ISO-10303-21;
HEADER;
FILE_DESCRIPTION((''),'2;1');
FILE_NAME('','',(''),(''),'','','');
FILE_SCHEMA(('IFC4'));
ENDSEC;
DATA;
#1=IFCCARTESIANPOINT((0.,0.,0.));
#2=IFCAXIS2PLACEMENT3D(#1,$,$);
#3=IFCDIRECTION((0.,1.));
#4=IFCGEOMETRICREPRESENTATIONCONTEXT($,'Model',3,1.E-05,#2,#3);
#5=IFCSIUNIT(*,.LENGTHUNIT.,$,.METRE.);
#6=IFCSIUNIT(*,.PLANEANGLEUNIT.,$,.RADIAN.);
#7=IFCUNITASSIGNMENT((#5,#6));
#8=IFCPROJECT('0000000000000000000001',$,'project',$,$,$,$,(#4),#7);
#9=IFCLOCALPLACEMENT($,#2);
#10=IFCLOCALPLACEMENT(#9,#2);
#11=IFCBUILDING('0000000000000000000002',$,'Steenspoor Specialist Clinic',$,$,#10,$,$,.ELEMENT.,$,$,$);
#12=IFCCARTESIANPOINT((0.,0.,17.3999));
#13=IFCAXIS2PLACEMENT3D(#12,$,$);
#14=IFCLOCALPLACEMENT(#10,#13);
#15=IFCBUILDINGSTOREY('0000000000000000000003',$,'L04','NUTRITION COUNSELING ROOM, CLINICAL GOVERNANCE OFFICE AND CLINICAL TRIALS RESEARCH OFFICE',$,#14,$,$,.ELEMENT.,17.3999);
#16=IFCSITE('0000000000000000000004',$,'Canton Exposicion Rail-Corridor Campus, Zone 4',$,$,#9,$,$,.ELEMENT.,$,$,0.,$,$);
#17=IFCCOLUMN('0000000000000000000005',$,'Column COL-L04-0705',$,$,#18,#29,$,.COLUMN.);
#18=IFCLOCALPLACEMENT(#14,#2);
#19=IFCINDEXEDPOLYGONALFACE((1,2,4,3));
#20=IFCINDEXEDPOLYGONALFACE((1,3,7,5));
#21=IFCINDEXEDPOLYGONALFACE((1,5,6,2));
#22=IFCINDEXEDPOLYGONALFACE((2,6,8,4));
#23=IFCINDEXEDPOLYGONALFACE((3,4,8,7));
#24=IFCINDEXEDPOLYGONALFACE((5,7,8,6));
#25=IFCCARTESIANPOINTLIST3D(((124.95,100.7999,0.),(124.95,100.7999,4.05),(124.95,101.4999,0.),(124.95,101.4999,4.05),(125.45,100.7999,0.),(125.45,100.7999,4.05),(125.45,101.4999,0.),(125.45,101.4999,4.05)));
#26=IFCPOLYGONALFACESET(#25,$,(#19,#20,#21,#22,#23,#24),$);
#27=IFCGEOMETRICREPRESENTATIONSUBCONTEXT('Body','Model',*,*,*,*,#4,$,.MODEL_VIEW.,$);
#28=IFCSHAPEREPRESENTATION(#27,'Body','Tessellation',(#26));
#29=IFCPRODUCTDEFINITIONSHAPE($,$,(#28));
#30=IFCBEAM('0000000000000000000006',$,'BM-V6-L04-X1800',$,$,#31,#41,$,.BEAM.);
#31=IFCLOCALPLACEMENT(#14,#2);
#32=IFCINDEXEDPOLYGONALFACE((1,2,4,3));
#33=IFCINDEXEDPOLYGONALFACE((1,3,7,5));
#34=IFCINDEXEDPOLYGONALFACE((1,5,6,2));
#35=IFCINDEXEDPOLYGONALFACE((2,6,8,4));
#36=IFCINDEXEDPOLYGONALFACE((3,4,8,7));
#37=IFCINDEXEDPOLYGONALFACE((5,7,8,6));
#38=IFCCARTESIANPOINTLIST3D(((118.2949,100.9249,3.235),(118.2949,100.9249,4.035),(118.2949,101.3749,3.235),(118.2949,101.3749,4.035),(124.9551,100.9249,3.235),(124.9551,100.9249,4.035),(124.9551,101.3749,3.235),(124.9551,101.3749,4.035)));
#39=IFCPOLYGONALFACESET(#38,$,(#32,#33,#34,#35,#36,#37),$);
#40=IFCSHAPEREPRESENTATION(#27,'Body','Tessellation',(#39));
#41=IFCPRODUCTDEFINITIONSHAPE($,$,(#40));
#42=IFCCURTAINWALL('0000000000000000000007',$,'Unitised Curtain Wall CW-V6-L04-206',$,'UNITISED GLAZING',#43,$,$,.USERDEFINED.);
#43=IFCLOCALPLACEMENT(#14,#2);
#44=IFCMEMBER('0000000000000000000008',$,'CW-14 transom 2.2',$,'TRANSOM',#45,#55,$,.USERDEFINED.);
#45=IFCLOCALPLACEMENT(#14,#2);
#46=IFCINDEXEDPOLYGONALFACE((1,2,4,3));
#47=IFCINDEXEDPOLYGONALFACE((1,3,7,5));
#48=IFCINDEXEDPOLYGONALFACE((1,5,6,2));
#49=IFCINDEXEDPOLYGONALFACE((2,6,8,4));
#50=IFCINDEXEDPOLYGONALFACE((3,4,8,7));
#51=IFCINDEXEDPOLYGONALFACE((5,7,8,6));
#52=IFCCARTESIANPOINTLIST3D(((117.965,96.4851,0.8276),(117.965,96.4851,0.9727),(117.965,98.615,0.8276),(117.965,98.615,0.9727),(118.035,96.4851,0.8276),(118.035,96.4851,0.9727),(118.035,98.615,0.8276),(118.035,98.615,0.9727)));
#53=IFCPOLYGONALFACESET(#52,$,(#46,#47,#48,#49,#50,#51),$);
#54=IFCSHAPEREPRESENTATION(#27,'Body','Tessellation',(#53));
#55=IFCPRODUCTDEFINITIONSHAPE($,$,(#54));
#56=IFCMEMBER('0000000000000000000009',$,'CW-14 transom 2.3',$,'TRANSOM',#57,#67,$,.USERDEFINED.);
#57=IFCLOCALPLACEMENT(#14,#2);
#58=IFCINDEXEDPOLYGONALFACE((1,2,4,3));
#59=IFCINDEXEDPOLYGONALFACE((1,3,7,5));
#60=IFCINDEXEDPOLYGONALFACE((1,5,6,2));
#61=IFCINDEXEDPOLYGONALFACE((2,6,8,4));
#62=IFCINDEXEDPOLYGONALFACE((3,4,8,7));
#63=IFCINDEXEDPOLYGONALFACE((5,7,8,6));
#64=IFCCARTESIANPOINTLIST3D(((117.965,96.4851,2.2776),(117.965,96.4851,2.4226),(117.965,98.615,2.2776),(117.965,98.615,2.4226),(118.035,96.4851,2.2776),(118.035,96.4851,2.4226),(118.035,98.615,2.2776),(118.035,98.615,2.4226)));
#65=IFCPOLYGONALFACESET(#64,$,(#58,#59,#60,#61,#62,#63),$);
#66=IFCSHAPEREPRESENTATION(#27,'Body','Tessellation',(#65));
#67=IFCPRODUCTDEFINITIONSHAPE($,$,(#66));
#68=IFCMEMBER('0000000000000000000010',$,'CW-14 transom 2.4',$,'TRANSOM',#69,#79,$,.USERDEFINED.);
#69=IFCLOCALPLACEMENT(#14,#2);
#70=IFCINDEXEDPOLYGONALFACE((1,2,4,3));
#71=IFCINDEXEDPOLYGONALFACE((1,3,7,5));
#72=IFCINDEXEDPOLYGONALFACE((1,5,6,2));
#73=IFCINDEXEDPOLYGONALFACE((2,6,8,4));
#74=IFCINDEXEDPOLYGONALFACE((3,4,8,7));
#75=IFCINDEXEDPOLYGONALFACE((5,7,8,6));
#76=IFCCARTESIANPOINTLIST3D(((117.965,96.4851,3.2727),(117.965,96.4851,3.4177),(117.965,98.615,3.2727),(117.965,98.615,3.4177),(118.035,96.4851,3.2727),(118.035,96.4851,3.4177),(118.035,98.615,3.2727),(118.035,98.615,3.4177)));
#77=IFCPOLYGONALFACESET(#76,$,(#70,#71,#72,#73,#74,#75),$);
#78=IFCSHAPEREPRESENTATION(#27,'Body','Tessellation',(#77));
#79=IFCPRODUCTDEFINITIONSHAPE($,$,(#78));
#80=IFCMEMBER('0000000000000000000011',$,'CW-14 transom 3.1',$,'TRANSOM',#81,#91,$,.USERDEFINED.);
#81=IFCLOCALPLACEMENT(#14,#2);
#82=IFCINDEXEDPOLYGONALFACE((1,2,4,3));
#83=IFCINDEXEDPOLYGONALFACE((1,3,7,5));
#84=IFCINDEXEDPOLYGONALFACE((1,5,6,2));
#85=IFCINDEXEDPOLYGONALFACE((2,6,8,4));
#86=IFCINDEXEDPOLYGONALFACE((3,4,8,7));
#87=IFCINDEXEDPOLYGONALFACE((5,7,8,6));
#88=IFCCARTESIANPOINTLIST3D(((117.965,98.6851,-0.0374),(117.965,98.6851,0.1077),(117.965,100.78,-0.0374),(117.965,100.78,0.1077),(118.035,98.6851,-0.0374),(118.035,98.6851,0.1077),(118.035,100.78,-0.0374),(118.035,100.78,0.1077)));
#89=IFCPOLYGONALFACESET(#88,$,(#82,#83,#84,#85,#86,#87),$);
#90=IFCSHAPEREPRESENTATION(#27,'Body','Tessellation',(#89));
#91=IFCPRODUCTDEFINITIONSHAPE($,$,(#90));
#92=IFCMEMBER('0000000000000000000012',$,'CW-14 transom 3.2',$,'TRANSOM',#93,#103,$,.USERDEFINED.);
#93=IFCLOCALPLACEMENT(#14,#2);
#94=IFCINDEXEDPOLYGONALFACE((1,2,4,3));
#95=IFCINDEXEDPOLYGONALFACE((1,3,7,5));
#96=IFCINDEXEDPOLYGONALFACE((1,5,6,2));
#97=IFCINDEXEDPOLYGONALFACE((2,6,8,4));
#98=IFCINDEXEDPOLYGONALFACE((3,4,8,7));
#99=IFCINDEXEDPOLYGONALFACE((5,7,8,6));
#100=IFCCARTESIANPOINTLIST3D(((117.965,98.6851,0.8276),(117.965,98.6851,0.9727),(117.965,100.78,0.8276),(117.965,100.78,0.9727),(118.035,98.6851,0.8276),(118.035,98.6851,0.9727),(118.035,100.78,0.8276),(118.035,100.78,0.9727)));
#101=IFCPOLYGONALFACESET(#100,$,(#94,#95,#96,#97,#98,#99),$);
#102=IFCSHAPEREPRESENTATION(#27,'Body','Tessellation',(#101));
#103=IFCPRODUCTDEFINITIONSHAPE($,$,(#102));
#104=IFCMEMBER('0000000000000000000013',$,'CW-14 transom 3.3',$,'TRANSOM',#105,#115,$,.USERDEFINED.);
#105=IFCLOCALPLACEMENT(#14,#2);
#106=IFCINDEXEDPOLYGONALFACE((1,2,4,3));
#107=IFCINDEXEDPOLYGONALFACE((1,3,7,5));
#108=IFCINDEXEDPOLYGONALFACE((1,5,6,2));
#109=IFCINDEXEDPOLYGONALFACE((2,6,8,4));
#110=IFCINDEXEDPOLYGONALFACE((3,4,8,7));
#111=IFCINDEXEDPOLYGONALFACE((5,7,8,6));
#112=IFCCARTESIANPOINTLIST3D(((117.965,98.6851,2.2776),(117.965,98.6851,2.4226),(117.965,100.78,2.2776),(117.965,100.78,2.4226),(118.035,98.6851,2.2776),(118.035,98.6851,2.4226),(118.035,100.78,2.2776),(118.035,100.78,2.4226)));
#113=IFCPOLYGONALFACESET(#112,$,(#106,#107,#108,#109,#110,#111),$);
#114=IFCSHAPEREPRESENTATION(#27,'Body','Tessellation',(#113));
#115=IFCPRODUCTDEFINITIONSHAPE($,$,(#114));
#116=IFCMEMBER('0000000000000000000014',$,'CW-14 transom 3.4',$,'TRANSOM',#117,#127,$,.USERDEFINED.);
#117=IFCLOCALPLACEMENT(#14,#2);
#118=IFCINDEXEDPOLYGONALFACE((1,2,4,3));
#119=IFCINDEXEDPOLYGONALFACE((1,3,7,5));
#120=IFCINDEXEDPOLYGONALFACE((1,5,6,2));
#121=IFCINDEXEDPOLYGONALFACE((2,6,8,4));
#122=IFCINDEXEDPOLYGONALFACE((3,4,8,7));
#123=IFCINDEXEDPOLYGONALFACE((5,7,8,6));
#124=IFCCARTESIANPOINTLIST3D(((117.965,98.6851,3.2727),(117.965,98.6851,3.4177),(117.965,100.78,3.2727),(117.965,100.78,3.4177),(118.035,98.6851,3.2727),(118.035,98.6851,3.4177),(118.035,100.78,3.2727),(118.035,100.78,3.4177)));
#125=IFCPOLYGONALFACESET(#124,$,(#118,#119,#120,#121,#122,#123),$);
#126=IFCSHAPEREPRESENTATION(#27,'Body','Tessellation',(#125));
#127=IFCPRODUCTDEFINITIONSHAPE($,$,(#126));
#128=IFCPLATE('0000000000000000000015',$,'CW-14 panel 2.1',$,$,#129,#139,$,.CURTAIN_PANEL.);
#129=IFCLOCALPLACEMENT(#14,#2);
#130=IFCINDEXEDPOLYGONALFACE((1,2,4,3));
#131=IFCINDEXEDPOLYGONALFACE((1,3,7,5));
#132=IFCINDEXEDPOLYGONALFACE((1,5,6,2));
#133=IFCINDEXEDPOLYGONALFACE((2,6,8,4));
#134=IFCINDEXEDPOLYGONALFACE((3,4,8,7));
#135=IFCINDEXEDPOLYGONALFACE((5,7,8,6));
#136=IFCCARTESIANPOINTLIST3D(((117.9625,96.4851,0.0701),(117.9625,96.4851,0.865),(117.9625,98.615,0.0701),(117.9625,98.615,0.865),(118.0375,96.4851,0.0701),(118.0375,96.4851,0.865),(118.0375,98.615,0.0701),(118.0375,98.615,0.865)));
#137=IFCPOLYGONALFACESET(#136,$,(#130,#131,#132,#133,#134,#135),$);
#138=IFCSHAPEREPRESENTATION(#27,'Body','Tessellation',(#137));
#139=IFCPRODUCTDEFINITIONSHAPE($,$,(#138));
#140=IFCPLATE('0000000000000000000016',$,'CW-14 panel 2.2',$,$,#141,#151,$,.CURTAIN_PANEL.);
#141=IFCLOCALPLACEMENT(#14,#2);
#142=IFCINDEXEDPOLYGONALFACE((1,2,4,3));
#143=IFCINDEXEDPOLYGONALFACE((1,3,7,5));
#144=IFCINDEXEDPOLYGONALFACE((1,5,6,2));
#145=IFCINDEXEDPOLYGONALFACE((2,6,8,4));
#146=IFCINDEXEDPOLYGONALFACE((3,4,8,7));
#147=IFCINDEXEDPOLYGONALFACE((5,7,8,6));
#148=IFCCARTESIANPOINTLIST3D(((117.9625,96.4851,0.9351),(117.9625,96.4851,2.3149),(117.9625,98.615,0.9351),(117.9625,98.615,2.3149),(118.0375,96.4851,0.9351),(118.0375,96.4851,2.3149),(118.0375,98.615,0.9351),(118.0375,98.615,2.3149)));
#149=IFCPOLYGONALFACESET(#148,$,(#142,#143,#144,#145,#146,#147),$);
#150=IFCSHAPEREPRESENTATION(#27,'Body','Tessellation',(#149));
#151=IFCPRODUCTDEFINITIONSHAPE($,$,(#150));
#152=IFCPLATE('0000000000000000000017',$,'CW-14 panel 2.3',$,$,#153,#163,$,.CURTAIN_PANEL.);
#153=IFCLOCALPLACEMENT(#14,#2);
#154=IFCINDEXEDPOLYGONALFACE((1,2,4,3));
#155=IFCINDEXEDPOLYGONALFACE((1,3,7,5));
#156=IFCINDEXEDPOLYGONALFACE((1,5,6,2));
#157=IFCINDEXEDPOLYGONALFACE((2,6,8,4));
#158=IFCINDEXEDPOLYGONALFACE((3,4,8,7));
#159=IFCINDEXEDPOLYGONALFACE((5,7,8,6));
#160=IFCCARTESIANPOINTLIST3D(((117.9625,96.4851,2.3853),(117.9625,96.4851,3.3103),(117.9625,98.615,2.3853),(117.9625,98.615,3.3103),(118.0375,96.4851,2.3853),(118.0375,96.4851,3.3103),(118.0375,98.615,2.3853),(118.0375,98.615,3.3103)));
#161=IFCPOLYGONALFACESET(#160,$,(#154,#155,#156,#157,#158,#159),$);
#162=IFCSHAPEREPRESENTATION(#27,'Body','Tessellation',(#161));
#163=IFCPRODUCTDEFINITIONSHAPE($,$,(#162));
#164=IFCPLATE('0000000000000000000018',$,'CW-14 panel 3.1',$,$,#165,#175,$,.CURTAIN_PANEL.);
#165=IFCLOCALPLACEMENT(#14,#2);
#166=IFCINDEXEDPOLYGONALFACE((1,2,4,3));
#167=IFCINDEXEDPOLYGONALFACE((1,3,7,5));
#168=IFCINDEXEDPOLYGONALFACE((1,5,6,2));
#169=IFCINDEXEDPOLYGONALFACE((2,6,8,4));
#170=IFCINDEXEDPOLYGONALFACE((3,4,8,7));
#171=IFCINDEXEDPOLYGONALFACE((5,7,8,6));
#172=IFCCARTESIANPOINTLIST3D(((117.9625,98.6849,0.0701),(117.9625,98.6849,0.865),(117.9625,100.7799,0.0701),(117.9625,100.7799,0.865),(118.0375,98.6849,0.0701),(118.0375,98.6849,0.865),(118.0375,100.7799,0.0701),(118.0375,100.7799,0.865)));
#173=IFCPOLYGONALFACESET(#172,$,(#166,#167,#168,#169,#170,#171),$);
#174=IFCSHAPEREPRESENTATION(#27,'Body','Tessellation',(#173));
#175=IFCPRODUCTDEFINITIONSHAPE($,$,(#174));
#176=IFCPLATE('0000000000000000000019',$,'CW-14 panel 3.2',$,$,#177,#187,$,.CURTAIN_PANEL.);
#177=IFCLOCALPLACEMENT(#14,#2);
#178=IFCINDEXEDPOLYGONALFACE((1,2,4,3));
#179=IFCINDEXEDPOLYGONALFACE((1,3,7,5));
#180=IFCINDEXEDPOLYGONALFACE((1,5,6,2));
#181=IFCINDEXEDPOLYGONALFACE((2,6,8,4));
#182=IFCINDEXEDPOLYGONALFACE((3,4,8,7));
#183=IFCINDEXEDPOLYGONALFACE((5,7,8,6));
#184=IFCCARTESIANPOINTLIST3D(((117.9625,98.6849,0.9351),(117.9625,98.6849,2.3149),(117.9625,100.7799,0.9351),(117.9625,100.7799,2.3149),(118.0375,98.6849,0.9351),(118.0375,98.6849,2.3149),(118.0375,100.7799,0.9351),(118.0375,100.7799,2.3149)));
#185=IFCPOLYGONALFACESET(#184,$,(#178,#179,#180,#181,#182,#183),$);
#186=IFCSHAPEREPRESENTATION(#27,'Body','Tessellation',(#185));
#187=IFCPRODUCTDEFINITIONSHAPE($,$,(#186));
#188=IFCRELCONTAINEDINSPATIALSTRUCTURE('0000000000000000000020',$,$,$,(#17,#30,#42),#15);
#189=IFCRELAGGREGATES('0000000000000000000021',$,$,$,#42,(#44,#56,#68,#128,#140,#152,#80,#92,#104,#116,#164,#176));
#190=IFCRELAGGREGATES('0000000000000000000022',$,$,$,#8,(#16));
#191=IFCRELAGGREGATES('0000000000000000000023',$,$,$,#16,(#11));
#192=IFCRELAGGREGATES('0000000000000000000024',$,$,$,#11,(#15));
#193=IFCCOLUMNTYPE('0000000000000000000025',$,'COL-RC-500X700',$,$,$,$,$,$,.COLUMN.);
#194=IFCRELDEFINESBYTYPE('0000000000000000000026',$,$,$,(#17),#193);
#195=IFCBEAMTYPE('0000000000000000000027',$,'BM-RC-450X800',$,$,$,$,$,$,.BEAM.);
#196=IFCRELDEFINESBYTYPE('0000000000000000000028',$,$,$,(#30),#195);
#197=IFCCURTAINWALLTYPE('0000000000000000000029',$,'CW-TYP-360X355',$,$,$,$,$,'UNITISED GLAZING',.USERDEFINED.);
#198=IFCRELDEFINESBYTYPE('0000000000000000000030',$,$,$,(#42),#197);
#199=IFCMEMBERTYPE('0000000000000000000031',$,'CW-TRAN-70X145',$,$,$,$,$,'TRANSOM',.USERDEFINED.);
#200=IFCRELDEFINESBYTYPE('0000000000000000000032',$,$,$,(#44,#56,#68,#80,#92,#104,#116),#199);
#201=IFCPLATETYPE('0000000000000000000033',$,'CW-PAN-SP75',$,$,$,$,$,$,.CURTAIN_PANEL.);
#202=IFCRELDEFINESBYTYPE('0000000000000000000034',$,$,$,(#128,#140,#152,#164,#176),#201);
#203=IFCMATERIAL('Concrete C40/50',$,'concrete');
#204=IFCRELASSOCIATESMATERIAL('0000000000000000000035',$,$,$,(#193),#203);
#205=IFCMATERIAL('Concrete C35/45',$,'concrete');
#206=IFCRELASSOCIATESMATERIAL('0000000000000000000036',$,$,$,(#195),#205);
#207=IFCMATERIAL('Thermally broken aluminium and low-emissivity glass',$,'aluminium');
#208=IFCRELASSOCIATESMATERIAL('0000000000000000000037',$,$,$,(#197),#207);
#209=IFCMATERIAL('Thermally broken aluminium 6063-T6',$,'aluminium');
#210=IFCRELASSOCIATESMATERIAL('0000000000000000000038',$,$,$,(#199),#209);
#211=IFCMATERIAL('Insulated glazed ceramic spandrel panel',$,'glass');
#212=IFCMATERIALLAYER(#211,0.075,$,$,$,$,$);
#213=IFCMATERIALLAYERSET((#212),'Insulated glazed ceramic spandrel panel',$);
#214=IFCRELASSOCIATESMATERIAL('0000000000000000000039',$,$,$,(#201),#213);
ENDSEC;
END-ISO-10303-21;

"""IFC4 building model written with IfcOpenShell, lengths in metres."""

from ifc_helpers import new_model, si_unit, direction, frame, origin, origin_2d, place, context, subcontext, project, spatial, rectangle, extrude, material, layer, layer_set, material_profile, profile_set, type_object, element, aggregate, save


model = new_model("IFC4")

# Units and contexts
model_context = context("Model", 3, precision=1e-05, world=origin(), true_north=direction((0.0, 1.0)))
body_context = subcontext(model_context, "Body", "Model", "MODEL_VIEW")
ifc_project = project(units=[si_unit("LENGTHUNIT", "METRE"), si_unit("PLANEANGLEUNIT", "RADIAN")], contexts=[model_context])

# Site, building, storey
site_placement = place(None, origin())
site = spatial("IfcSite", under=ifc_project, at=site_placement, Name="Canton Exposicion Rail-Corridor Campus, Zone 4", CompositionType="ELEMENT", RefElevation=0.0)
building_placement = place(site_placement, origin())
building = spatial("IfcBuilding", under=site, at=building_placement, Name="Steenspoor Specialist Clinic", CompositionType="ELEMENT")
storey_placement = place(building_placement, frame((0.0, 0.0, 17.3999)))
storey = spatial("IfcBuildingStorey", under=building, at=storey_placement, Name="L04", Description="NUTRITION COUNSELING ROOM, CLINICAL GOVERNANCE OFFICE AND CLINICAL TRIALS RESEARCH OFFICE", CompositionType="ELEMENT", Elevation=17.3999)

# Column
ifc_material_1 = material(Name="Concrete C40/50", Category="concrete")
ifc_material_profile_1 = material_profile(ifc_material_1, rectangle(XDim=0.5, YDim=0.7, at=origin_2d()), Name="RC-COL-500X700")
ifc_profile_set_1 = profile_set([ifc_material_profile_1], Name="Concrete C40/50")
column_type = type_object("IfcColumnType", Name="COL-RC-500X700", PredefinedType="COLUMN", material=ifc_profile_set_1)
column_placement = place(storey_placement, frame((125.2, 101.1499, 0.0), z_axis=(0.0, 0.0, 1.0), x_axis=(1.0, 0.0, 0.0)))
element("IfcColumn", 1, at=column_placement, inside=storey, type_object=column_type, Name="Column COL-L04-0705", PredefinedType="COLUMN", context=body_context, shape_type="SweptSolid", body=[
    extrude(rectangle(XDim=0.5, YDim=0.7, at=origin_2d()), origin(), (0.0, 0.0, 1.0), 4.05),
])

# Beam
ifc_material_2 = material(Name="Concrete C35/45", Category="concrete")
ifc_material_profile_2 = material_profile(ifc_material_2, rectangle(XDim=0.45, YDim=0.8, at=origin_2d()), Name="RC-BM-450X800")
ifc_profile_set_2 = profile_set([ifc_material_profile_2], Name="Concrete C35/45")
beam_type = type_object("IfcBeamType", Name="BM-RC-450X800", PredefinedType="BEAM", material=ifc_profile_set_2)
beam_placement = place(storey_placement, frame((118.2949, 101.1499, 3.635), z_axis=(1.0, 0.0, 0.0), x_axis=(0.0, 1.0, 0.0)))
element("IfcBeam", 2, at=beam_placement, inside=storey, type_object=beam_type, Name="BM-V6-L04-X1800", PredefinedType="BEAM", context=body_context, shape_type="SweptSolid", body=[
    extrude(rectangle(XDim=0.45, YDim=0.8, at=origin_2d()), origin(), (0.0, 0.0, 1.0), 6.6602),
])

# Curtain wall, members, plates
ifc_material_3 = material(Name="Thermally broken aluminium and low-emissivity glass", Category="aluminium")
curtain_wall_type = type_object("IfcCurtainWallType", Name="CW-TYP-360X355", ElementType="UNITISED GLAZING", PredefinedType="USERDEFINED", material=ifc_material_3)
curtain_wall_placement = place(storey_placement, origin())
curtain_wall = element("IfcCurtainWall", 3, at=curtain_wall_placement, inside=storey, type_object=curtain_wall_type, Name="Unitised Curtain Wall CW-V6-L04-206", ObjectType="UNITISED GLAZING", PredefinedType="USERDEFINED")
ifc_material_4 = material(Name="Thermally broken aluminium 6063-T6", Category="aluminium")
ifc_material_profile_3 = material_profile(ifc_material_4, rectangle(XDim=0.0701, YDim=0.145, at=origin_2d()), Name="CWT-70X145")
ifc_profile_set_3 = profile_set([ifc_material_profile_3], Name="Thermally broken aluminium 6063-T6")
member_type = type_object("IfcMemberType", Name="CW-TRAN-70X145", ElementType="TRANSOM", PredefinedType="USERDEFINED", material=ifc_profile_set_3)
member_1_placement = place(storey_placement, frame((118.0, 96.4851, 0.9001), z_axis=(0.0, 1.0, 0.0), x_axis=(-1.0, 0.0, 0.0)))
member_1 = element("IfcMember", 4, at=member_1_placement, type_object=member_type, Name="CW-14 transom 2.2", ObjectType="TRANSOM", PredefinedType="USERDEFINED", context=body_context, shape_type="SweptSolid", body=[
    extrude(rectangle(XDim=0.0701, YDim=0.145, at=origin_2d()), origin(), (0.0, 0.0, 1.0), 2.1299),
])
member_2_placement = place(storey_placement, frame((118.0, 96.4851, 2.3501), z_axis=(0.0, 1.0, 0.0), x_axis=(-1.0, 0.0, 0.0)))
member_2 = element("IfcMember", 5, at=member_2_placement, type_object=member_type, Name="CW-14 transom 2.3", ObjectType="TRANSOM", PredefinedType="USERDEFINED", context=body_context, shape_type="SweptSolid", body=[
    extrude(rectangle(XDim=0.0701, YDim=0.145, at=origin_2d()), origin(), (0.0, 0.0, 1.0), 2.1299),
])
member_3_placement = place(storey_placement, frame((118.0, 96.4851, 3.3452), z_axis=(0.0, 1.0, 0.0), x_axis=(-1.0, 0.0, 0.0)))
member_3 = element("IfcMember", 6, at=member_3_placement, type_object=member_type, Name="CW-14 transom 2.4", ObjectType="TRANSOM", PredefinedType="USERDEFINED", context=body_context, shape_type="SweptSolid", body=[
    extrude(rectangle(XDim=0.0701, YDim=0.145, at=origin_2d()), origin(), (0.0, 0.0, 1.0), 2.1299),
])
member_4_placement = place(storey_placement, frame((118.0, 98.6851, 0.0352), z_axis=(0.0, 1.0, 0.0), x_axis=(-1.0, 0.0, 0.0)))
member_4 = element("IfcMember", 7, at=member_4_placement, type_object=member_type, Name="CW-14 transom 3.1", ObjectType="TRANSOM", PredefinedType="USERDEFINED", context=body_context, shape_type="SweptSolid", body=[
    extrude(rectangle(XDim=0.0701, YDim=0.145, at=origin_2d()), origin(), (0.0, 0.0, 1.0), 2.095),
])
member_5_placement = place(storey_placement, frame((118.0, 98.6851, 0.9001), z_axis=(0.0, 1.0, 0.0), x_axis=(-1.0, 0.0, 0.0)))
member_5 = element("IfcMember", 8, at=member_5_placement, type_object=member_type, Name="CW-14 transom 3.2", ObjectType="TRANSOM", PredefinedType="USERDEFINED", context=body_context, shape_type="SweptSolid", body=[
    extrude(rectangle(XDim=0.0701, YDim=0.145, at=origin_2d()), origin(), (0.0, 0.0, 1.0), 2.095),
])
member_6_placement = place(storey_placement, frame((118.0, 98.6851, 2.3501), z_axis=(0.0, 1.0, 0.0), x_axis=(-1.0, 0.0, 0.0)))
member_6 = element("IfcMember", 9, at=member_6_placement, type_object=member_type, Name="CW-14 transom 3.3", ObjectType="TRANSOM", PredefinedType="USERDEFINED", context=body_context, shape_type="SweptSolid", body=[
    extrude(rectangle(XDim=0.0701, YDim=0.145, at=origin_2d()), origin(), (0.0, 0.0, 1.0), 2.095),
])
member_7_placement = place(storey_placement, frame((118.0, 98.6851, 3.3452), z_axis=(0.0, 1.0, 0.0), x_axis=(-1.0, 0.0, 0.0)))
member_7 = element("IfcMember", 10, at=member_7_placement, type_object=member_type, Name="CW-14 transom 3.4", ObjectType="TRANSOM", PredefinedType="USERDEFINED", context=body_context, shape_type="SweptSolid", body=[
    extrude(rectangle(XDim=0.0701, YDim=0.145, at=origin_2d()), origin(), (0.0, 0.0, 1.0), 2.095),
])
ifc_material_5 = material(Name="Insulated glazed ceramic spandrel panel", Category="glass")
ifc_layer_1 = layer(ifc_material_5, 0.075)
ifc_layer_set_1 = layer_set([ifc_layer_1], Name="Insulated glazed ceramic spandrel panel")
plate_type = type_object("IfcPlateType", Name="CW-PAN-SP75", PredefinedType="CURTAIN_PANEL", material=ifc_layer_set_1)
plate_1_placement = place(storey_placement, frame((118.0, 97.55, 0.0701), z_axis=(0.0, 0.0, 1.0), x_axis=(0.0, 1.0, 0.0)))
plate_1 = element("IfcPlate", 11, at=plate_1_placement, type_object=plate_type, Name="CW-14 panel 2.1", PredefinedType="CURTAIN_PANEL", context=body_context, shape_type="SweptSolid", body=[
    extrude(rectangle(XDim=2.1299, YDim=0.075, at=origin_2d()), origin(), (0.0, 0.0, 1.0), 0.7949),
])
plate_2_placement = place(storey_placement, frame((118.0, 97.55, 0.9351), z_axis=(0.0, 0.0, 1.0), x_axis=(0.0, 1.0, 0.0)))
plate_2 = element("IfcPlate", 12, at=plate_2_placement, type_object=plate_type, Name="CW-14 panel 2.2", PredefinedType="CURTAIN_PANEL", context=body_context, shape_type="SweptSolid", body=[
    extrude(rectangle(XDim=2.1299, YDim=0.075, at=origin_2d()), origin(), (0.0, 0.0, 1.0), 1.3799),
])
plate_3_placement = place(storey_placement, frame((118.0, 97.55, 2.3853), z_axis=(0.0, 0.0, 1.0), x_axis=(0.0, 1.0, 0.0)))
plate_3 = element("IfcPlate", 13, at=plate_3_placement, type_object=plate_type, Name="CW-14 panel 2.3", PredefinedType="CURTAIN_PANEL", context=body_context, shape_type="SweptSolid", body=[
    extrude(rectangle(XDim=2.1299, YDim=0.075, at=origin_2d()), origin(), (0.0, 0.0, 1.0), 0.925),
])
plate_4_placement = place(storey_placement, frame((118.0, 99.7324, 0.0701), z_axis=(0.0, 0.0, 1.0), x_axis=(0.0, 1.0, 0.0)))
plate_4 = element("IfcPlate", 14, at=plate_4_placement, type_object=plate_type, Name="CW-14 panel 3.1", PredefinedType="CURTAIN_PANEL", context=body_context, shape_type="SweptSolid", body=[
    extrude(rectangle(XDim=2.095, YDim=0.075, at=origin_2d()), origin(), (0.0, 0.0, 1.0), 0.7949),
])
plate_5_placement = place(storey_placement, frame((118.0, 99.7324, 0.9351), z_axis=(0.0, 0.0, 1.0), x_axis=(0.0, 1.0, 0.0)))
plate_5 = element("IfcPlate", 15, at=plate_5_placement, type_object=plate_type, Name="CW-14 panel 3.2", PredefinedType="CURTAIN_PANEL", context=body_context, shape_type="SweptSolid", body=[
    extrude(rectangle(XDim=2.095, YDim=0.075, at=origin_2d()), origin(), (0.0, 0.0, 1.0), 1.3799),
])
aggregate(curtain_wall, [member_1, member_2, member_3, plate_1, plate_2, plate_3, member_4, member_5, member_6, member_7, plate_4, plate_5])

save(model, "model.ifc")
